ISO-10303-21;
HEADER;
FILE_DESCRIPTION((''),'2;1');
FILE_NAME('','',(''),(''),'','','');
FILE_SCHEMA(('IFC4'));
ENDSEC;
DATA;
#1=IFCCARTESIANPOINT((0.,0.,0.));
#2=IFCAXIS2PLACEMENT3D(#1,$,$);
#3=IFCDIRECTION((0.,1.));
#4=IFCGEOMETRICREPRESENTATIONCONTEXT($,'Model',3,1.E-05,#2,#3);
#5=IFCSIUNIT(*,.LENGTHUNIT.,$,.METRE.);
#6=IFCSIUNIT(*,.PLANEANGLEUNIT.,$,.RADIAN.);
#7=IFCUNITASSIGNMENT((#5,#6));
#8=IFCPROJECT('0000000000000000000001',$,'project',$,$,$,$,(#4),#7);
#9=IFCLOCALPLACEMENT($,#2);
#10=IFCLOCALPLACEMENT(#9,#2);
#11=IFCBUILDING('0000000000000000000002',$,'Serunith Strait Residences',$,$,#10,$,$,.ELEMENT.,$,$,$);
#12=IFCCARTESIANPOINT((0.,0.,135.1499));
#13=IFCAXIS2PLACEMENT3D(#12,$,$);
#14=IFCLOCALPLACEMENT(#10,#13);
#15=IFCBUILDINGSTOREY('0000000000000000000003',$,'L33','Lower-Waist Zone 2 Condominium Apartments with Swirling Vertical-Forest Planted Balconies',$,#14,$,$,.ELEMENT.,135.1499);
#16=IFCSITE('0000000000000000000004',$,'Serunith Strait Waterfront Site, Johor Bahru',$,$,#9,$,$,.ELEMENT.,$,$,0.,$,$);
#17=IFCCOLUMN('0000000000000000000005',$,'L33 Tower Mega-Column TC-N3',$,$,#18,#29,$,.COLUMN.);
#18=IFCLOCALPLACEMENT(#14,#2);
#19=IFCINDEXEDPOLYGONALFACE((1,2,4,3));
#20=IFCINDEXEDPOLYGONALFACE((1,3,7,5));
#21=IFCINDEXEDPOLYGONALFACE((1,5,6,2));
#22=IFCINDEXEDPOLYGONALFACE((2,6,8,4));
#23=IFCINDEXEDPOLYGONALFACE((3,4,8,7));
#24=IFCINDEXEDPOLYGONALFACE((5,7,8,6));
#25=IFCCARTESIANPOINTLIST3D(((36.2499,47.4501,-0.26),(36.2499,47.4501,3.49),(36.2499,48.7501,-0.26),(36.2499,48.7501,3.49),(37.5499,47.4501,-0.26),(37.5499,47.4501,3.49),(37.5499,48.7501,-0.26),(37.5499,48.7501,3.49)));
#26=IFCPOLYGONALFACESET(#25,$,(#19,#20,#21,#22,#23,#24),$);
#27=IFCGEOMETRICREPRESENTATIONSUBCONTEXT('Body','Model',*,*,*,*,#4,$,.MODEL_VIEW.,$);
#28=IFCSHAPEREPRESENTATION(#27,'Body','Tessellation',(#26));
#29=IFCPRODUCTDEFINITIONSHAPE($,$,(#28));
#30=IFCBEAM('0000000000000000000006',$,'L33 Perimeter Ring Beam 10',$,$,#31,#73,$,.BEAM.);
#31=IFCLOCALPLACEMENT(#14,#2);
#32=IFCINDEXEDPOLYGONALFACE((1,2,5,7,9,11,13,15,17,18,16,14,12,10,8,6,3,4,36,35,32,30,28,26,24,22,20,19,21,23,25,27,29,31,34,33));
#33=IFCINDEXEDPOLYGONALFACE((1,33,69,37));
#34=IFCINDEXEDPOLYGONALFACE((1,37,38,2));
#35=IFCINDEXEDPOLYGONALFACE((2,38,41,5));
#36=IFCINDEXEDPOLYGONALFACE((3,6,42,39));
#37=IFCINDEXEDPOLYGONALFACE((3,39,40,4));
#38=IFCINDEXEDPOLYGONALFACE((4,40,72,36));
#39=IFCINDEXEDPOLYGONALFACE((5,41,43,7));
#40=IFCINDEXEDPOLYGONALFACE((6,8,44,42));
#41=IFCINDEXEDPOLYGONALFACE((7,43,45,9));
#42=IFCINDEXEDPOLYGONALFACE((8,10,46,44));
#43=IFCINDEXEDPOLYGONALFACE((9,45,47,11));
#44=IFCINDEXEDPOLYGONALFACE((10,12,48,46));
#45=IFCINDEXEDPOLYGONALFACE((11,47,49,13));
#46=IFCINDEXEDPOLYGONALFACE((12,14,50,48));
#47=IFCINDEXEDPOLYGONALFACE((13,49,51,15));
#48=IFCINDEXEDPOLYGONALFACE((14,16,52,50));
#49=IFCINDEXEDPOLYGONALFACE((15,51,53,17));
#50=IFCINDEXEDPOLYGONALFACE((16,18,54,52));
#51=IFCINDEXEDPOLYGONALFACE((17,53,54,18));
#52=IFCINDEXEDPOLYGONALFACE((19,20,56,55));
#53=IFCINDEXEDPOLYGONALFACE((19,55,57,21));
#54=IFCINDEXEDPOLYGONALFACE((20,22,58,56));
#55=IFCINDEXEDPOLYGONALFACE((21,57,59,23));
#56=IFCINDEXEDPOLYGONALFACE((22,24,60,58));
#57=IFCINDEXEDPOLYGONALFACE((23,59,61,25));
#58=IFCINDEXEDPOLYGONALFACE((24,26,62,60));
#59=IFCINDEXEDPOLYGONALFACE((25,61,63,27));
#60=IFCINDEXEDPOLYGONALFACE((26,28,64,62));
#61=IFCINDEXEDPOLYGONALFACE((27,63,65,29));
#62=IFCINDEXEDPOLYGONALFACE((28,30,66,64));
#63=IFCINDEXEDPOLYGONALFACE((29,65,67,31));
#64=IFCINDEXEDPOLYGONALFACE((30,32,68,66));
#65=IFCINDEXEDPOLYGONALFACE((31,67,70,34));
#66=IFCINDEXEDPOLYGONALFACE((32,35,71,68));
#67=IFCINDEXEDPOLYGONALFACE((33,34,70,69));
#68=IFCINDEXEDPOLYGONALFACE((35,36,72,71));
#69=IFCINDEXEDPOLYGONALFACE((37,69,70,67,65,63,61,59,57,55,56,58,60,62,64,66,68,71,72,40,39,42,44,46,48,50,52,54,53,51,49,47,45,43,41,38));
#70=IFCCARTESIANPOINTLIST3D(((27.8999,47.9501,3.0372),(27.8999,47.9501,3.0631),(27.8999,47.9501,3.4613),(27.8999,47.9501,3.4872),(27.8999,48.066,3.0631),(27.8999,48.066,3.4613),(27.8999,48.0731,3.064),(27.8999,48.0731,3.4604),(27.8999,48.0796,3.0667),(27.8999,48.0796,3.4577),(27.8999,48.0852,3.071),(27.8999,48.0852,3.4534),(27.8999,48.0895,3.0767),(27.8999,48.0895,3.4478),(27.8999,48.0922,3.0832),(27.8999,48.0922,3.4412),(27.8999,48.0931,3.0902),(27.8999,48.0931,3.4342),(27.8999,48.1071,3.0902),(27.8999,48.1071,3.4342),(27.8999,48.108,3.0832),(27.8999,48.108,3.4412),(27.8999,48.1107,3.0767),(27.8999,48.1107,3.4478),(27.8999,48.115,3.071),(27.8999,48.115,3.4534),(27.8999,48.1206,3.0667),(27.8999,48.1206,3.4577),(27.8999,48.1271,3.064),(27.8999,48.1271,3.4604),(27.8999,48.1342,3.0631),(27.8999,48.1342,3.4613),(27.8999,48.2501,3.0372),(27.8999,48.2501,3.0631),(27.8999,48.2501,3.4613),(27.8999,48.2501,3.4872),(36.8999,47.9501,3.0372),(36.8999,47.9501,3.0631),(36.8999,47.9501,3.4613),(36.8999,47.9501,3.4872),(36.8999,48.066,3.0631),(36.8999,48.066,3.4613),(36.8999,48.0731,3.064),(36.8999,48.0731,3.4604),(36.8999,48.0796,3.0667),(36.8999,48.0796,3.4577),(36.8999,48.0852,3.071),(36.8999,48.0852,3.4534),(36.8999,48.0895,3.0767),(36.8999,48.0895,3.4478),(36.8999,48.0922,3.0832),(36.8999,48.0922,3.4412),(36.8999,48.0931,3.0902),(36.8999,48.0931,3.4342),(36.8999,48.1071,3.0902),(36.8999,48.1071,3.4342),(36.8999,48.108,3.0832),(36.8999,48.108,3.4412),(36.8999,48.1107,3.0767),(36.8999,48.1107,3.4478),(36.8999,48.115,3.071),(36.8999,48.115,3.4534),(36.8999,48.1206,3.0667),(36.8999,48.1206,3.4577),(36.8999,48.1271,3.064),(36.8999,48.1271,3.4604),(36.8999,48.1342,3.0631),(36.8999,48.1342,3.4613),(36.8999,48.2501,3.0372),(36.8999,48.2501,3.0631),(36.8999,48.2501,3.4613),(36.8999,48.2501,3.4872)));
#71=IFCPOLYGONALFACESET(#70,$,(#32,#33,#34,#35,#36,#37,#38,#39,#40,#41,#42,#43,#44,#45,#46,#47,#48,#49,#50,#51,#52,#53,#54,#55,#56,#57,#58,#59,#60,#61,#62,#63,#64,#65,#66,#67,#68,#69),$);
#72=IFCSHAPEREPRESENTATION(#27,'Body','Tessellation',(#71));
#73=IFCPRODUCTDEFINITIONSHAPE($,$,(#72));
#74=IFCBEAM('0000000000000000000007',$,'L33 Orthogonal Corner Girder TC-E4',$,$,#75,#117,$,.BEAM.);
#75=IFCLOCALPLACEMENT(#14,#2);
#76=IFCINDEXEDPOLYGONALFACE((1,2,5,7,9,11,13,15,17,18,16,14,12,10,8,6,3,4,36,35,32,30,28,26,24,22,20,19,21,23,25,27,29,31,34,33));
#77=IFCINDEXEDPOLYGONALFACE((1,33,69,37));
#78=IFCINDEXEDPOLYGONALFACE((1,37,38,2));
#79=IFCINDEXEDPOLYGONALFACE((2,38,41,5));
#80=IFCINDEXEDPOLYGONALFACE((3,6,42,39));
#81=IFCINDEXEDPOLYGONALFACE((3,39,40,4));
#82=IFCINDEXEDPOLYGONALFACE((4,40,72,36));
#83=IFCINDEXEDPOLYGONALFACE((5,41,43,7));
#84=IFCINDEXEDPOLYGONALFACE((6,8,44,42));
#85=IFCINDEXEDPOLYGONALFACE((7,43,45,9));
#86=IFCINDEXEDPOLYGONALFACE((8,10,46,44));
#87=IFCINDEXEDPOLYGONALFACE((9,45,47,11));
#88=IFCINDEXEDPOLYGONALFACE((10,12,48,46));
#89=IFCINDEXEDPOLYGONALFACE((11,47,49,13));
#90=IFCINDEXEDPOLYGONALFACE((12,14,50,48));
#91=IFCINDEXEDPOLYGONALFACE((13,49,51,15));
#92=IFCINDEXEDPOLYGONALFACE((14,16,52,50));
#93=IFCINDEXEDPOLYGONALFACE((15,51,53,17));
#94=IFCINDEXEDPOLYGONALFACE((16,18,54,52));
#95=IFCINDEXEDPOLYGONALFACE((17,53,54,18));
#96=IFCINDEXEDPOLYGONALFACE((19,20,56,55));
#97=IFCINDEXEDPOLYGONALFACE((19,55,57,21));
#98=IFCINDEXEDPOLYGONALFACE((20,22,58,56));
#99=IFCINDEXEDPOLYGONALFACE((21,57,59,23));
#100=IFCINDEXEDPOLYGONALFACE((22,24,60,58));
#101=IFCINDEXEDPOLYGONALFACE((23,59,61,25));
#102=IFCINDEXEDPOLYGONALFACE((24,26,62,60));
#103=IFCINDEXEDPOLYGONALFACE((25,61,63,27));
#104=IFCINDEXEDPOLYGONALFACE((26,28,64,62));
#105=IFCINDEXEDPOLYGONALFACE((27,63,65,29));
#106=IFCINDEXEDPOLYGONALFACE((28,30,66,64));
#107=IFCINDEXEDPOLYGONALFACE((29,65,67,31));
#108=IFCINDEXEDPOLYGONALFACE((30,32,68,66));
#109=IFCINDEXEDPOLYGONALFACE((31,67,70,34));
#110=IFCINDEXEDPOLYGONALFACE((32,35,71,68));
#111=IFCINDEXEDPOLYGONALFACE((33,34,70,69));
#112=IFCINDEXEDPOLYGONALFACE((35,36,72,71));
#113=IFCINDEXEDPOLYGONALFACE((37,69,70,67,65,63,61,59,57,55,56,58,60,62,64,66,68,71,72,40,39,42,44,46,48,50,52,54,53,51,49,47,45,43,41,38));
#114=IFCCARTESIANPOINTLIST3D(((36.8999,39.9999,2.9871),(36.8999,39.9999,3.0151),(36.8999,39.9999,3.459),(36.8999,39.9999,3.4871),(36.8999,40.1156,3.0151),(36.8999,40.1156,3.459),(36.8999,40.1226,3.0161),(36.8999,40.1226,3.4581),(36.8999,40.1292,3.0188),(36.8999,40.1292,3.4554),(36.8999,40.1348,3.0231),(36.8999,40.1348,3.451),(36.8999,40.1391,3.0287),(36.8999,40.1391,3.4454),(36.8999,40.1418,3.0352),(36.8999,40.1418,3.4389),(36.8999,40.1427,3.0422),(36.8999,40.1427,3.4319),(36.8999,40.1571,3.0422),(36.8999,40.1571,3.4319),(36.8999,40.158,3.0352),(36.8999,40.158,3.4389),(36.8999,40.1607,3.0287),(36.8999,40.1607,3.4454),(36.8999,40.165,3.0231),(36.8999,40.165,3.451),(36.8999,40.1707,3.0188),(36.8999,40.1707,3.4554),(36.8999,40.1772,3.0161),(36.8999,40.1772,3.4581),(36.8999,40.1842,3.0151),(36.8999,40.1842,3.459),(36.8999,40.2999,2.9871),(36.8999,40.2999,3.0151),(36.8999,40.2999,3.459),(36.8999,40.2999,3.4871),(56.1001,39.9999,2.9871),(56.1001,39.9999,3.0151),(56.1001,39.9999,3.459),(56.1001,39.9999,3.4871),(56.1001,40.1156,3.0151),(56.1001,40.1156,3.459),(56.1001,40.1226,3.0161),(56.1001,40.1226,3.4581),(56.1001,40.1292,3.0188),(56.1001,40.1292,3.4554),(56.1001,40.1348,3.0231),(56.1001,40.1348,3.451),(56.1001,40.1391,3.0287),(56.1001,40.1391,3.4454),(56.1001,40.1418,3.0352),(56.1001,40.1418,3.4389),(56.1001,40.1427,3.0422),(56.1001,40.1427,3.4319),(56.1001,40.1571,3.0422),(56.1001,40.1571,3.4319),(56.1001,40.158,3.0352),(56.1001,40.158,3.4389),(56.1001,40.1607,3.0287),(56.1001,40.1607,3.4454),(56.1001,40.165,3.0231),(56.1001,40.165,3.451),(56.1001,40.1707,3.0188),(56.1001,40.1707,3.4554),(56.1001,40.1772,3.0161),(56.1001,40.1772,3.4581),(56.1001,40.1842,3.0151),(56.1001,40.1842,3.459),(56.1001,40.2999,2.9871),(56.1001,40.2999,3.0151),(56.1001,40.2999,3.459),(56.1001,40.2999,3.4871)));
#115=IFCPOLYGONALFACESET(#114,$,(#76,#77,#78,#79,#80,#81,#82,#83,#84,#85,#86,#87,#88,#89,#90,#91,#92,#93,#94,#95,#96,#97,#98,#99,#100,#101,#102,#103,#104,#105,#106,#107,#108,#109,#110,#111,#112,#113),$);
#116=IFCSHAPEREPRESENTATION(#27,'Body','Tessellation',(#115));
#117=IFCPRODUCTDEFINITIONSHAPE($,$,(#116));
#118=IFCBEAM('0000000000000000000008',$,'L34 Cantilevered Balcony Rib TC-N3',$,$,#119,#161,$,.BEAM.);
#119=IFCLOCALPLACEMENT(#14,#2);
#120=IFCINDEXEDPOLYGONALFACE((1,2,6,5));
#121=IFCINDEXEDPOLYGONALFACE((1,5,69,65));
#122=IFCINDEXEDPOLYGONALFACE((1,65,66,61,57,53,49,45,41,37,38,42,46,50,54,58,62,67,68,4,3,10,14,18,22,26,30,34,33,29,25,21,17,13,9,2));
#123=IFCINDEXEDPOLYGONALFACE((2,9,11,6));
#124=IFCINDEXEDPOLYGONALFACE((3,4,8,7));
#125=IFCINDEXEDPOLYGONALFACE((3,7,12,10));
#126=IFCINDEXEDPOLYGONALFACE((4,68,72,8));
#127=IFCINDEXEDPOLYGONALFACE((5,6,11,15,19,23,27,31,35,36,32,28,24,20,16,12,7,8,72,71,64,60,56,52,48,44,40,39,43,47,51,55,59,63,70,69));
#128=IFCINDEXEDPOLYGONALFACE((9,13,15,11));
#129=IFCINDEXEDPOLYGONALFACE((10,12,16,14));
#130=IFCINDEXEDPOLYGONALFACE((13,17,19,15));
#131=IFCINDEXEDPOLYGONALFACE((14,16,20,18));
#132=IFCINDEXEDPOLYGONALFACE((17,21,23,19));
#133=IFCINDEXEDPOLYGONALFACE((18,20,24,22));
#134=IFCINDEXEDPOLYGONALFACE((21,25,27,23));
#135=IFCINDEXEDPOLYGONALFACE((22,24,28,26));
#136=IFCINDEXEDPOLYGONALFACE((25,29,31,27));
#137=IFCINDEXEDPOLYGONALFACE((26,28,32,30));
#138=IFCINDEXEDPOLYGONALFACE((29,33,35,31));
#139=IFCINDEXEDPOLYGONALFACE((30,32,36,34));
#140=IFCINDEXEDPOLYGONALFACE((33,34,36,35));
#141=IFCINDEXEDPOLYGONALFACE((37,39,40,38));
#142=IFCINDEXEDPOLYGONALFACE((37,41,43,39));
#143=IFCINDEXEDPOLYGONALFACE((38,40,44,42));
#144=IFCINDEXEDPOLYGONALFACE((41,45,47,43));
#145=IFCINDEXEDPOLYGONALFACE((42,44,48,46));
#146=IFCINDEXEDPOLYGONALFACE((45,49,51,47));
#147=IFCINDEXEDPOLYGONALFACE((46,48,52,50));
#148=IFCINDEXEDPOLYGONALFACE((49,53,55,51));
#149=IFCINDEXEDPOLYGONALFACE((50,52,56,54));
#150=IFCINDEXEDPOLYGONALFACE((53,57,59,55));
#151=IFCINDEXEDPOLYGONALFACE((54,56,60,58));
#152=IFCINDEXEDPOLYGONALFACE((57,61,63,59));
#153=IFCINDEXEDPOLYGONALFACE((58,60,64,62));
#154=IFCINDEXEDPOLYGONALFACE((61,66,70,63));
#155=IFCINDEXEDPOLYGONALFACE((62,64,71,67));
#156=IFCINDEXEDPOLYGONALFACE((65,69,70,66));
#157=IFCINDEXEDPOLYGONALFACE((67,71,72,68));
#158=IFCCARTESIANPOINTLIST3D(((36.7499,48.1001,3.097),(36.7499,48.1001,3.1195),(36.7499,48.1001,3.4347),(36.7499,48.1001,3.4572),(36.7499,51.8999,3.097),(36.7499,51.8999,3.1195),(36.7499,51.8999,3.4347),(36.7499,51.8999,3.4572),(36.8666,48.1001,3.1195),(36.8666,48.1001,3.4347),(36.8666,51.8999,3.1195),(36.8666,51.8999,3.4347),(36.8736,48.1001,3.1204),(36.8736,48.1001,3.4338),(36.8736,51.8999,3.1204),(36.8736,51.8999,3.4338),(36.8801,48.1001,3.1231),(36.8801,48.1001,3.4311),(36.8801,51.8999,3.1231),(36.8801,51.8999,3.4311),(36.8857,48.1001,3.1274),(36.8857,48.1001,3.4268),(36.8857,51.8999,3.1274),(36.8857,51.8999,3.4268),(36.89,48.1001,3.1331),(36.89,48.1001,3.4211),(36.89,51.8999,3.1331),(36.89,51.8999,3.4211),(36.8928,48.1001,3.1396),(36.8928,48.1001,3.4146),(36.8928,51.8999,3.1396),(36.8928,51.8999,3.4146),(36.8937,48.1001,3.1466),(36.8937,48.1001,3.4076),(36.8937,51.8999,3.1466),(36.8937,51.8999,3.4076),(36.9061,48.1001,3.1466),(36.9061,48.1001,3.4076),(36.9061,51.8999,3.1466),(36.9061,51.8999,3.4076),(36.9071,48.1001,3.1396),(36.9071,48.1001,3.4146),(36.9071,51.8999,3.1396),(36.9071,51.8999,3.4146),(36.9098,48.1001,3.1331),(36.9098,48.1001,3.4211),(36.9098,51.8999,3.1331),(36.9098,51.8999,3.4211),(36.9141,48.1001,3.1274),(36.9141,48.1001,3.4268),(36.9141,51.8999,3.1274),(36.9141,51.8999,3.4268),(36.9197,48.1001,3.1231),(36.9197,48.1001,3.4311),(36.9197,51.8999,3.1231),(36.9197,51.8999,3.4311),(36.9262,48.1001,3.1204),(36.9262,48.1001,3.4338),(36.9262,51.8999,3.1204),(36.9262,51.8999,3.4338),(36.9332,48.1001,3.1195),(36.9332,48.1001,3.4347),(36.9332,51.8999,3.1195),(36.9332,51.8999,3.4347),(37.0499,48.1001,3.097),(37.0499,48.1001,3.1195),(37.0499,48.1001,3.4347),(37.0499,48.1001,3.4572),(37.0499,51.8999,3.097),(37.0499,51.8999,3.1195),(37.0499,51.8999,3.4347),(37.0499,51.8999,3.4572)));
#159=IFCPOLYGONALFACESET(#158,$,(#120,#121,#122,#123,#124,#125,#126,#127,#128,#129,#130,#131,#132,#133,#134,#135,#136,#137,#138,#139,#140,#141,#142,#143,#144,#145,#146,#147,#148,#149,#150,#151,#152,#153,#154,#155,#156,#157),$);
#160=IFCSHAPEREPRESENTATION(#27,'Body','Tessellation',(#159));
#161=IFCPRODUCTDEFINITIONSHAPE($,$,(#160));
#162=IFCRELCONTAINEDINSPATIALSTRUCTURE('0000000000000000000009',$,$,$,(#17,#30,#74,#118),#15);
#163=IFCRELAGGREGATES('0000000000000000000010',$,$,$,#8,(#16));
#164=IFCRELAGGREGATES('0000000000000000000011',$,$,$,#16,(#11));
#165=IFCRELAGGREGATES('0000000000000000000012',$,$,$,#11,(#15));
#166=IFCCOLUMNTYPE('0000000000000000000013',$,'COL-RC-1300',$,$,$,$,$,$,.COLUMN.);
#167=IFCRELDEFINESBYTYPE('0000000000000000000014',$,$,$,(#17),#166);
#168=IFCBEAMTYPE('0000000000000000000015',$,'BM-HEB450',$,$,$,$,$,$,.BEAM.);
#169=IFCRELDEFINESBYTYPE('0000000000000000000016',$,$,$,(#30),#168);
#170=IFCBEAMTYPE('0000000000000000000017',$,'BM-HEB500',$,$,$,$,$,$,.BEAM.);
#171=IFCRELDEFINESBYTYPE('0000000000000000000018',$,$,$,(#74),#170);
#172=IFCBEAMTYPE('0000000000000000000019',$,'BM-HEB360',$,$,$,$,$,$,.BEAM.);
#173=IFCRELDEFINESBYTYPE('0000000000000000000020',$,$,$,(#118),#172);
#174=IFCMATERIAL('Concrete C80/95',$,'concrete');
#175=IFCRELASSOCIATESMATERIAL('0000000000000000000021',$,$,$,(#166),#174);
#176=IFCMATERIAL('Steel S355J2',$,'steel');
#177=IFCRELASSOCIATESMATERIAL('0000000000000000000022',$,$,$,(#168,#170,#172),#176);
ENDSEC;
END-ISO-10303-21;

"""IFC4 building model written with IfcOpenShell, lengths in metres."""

from ifc_helpers import new_model, si_unit, direction, frame, origin, origin_2d, place, context, subcontext, project, spatial, rectangle, i_section, extrude, source, transform, mapped, material, material_profile, profile_set, type_object, element, save


model = new_model("IFC4")

# Units and contexts
model_context = context("Model", 3, precision=1e-05, world=origin(), true_north=direction((0.0, 1.0)))
body_context = subcontext(model_context, "Body", "Model", "MODEL_VIEW")
ifc_project = project(units=[si_unit("LENGTHUNIT", "METRE"), si_unit("PLANEANGLEUNIT", "RADIAN")], contexts=[model_context])

# Site, building, storey
site_placement = place(None, origin())
site = spatial("IfcSite", under=ifc_project, at=site_placement, Name="Serunith Strait Waterfront Site, Johor Bahru", CompositionType="ELEMENT", RefElevation=0.0)
building_placement = place(site_placement, origin())
building = spatial("IfcBuilding", under=site, at=building_placement, Name="Serunith Strait Residences", CompositionType="ELEMENT")
storey_placement = place(building_placement, frame((0.0, 0.0, 135.1499)))
storey = spatial("IfcBuildingStorey", under=building, at=storey_placement, Name="L33", Description="Lower-Waist Zone 2 Condominium Apartments with Swirling Vertical-Forest Planted Balconies", CompositionType="ELEMENT", Elevation=135.1499)

# Column
ifc_material_1 = material(Name="Concrete C80/95", Category="concrete")
ifc_material_profile_1 = material_profile(ifc_material_1, rectangle(XDim=1.3, YDim=1.3, at=origin_2d()), Name="RC 1300x1300")
ifc_profile_set_1 = profile_set([ifc_material_profile_1], Name="Concrete C80/95")
column_type = type_object("IfcColumnType", Name="COL-RC-1300", PredefinedType="COLUMN", material=ifc_profile_set_1)
shared_shape_1 = source(origin(), body_context, "Body", "SweptSolid", [
    extrude(rectangle(XDim=1.3, YDim=1.3, at=origin_2d()), origin(), (0.0, 0.0, 1.0), 3.75),
])
column_placement = place(storey_placement, frame((36.8999, 48.1001, -0.26), z_axis=(0.0, 0.0, 1.0), x_axis=(1.0, 0.0, 0.0)))
element("IfcColumn", 1, at=column_placement, inside=storey, type_object=column_type, Name="L33 Tower Mega-Column TC-N3", PredefinedType="COLUMN", context=body_context, shape_type="MappedRepresentation", body=[
    mapped(shared_shape_1, transform((0.0, 0.0, 0.0), scale=1.0)),
])

# Beams
ifc_material_2 = material(Name="Steel S355J2", Category="steel")
ifc_material_profile_2 = material_profile(ifc_material_2, i_section(OverallWidth=0.3, OverallDepth=0.45, WebThickness=0.0139, FlangeThickness=0.0259, FilletRadius=0.0271, at=origin_2d()), Name="HEB 450")
ifc_profile_set_2 = profile_set([ifc_material_profile_2], Name="Steel S355J2")
beam_type_1 = type_object("IfcBeamType", Name="BM-HEB450", PredefinedType="BEAM", material=ifc_profile_set_2)
shared_shape_2 = source(origin(), body_context, "Body", "SweptSolid", [
    extrude(i_section(OverallWidth=0.3, OverallDepth=0.45, WebThickness=0.0139, FlangeThickness=0.0259, FilletRadius=0.0271, at=origin_2d()), origin(), (0.0, 0.0, 1.0), 9.0),
])
beam_1_placement = place(storey_placement, frame((36.8999, 48.1001, 3.2622), z_axis=(-1.0, 0.0, 0.0), x_axis=(0.0, -1.0, 0.0)))
element("IfcBeam", 2, at=beam_1_placement, inside=storey, type_object=beam_type_1, Name="L33 Perimeter Ring Beam 10", PredefinedType="BEAM", context=body_context, shape_type="MappedRepresentation", body=[
    mapped(shared_shape_2, transform((0.0, 0.0, 0.0), scale=1.0)),
])
ifc_material_profile_3 = material_profile(ifc_material_2, i_section(OverallWidth=0.3, OverallDepth=0.5, WebThickness=0.0144, FlangeThickness=0.0281, FilletRadius=0.0271, at=origin_2d()), Name="HEB 500")
ifc_profile_set_3 = profile_set([ifc_material_profile_3], Name="Steel S355J2")
beam_type_2 = type_object("IfcBeamType", Name="BM-HEB500", PredefinedType="BEAM", material=ifc_profile_set_3)
shared_shape_3 = source(origin(), body_context, "Body", "SweptSolid", [
    extrude(i_section(OverallWidth=0.3, OverallDepth=0.5, WebThickness=0.0144, FlangeThickness=0.0281, FilletRadius=0.0271, at=origin_2d()), origin(), (0.0, 0.0, 1.0), 19.2002),
])
beam_2_placement = place(storey_placement, frame((36.8999, 40.1499, 3.2371), z_axis=(1.0, 0.0, 0.0), x_axis=(0.0, 1.0, 0.0)))
element("IfcBeam", 3, at=beam_2_placement, inside=storey, type_object=beam_type_2, Name="L33 Orthogonal Corner Girder TC-E4", PredefinedType="BEAM", context=body_context, shape_type="MappedRepresentation", body=[
    mapped(shared_shape_3, transform((0.0, 0.0, 0.0), scale=1.0)),
])
ifc_material_profile_4 = material_profile(ifc_material_2, i_section(OverallWidth=0.3, OverallDepth=0.3601, WebThickness=0.0125, FlangeThickness=0.0225, FilletRadius=0.0271, at=origin_2d()), Name="HEB 360")
ifc_profile_set_4 = profile_set([ifc_material_profile_4], Name="Steel S355J2")
beam_type_3 = type_object("IfcBeamType", Name="BM-HEB360", PredefinedType="BEAM", material=ifc_profile_set_4)
shared_shape_4 = source(origin(), body_context, "Body", "SweptSolid", [
    extrude(i_section(OverallWidth=0.3, OverallDepth=0.3601, WebThickness=0.0125, FlangeThickness=0.0225, FilletRadius=0.0271, at=origin_2d()), origin(), (0.0, 0.0, 1.0), 3.7998),
])
beam_3_placement = place(storey_placement, frame((36.8999, 48.1001, 3.2771), z_axis=(0.0, 1.0, 0.0), x_axis=(-1.0, 0.0, 0.0)))
element("IfcBeam", 4, at=beam_3_placement, inside=storey, type_object=beam_type_3, Name="L34 Cantilevered Balcony Rib TC-N3", PredefinedType="BEAM", context=body_context, shape_type="MappedRepresentation", body=[
    mapped(shared_shape_4, transform((0.0, 0.0, 0.0), scale=1.0)),
])

save(model, "model.ifc")
